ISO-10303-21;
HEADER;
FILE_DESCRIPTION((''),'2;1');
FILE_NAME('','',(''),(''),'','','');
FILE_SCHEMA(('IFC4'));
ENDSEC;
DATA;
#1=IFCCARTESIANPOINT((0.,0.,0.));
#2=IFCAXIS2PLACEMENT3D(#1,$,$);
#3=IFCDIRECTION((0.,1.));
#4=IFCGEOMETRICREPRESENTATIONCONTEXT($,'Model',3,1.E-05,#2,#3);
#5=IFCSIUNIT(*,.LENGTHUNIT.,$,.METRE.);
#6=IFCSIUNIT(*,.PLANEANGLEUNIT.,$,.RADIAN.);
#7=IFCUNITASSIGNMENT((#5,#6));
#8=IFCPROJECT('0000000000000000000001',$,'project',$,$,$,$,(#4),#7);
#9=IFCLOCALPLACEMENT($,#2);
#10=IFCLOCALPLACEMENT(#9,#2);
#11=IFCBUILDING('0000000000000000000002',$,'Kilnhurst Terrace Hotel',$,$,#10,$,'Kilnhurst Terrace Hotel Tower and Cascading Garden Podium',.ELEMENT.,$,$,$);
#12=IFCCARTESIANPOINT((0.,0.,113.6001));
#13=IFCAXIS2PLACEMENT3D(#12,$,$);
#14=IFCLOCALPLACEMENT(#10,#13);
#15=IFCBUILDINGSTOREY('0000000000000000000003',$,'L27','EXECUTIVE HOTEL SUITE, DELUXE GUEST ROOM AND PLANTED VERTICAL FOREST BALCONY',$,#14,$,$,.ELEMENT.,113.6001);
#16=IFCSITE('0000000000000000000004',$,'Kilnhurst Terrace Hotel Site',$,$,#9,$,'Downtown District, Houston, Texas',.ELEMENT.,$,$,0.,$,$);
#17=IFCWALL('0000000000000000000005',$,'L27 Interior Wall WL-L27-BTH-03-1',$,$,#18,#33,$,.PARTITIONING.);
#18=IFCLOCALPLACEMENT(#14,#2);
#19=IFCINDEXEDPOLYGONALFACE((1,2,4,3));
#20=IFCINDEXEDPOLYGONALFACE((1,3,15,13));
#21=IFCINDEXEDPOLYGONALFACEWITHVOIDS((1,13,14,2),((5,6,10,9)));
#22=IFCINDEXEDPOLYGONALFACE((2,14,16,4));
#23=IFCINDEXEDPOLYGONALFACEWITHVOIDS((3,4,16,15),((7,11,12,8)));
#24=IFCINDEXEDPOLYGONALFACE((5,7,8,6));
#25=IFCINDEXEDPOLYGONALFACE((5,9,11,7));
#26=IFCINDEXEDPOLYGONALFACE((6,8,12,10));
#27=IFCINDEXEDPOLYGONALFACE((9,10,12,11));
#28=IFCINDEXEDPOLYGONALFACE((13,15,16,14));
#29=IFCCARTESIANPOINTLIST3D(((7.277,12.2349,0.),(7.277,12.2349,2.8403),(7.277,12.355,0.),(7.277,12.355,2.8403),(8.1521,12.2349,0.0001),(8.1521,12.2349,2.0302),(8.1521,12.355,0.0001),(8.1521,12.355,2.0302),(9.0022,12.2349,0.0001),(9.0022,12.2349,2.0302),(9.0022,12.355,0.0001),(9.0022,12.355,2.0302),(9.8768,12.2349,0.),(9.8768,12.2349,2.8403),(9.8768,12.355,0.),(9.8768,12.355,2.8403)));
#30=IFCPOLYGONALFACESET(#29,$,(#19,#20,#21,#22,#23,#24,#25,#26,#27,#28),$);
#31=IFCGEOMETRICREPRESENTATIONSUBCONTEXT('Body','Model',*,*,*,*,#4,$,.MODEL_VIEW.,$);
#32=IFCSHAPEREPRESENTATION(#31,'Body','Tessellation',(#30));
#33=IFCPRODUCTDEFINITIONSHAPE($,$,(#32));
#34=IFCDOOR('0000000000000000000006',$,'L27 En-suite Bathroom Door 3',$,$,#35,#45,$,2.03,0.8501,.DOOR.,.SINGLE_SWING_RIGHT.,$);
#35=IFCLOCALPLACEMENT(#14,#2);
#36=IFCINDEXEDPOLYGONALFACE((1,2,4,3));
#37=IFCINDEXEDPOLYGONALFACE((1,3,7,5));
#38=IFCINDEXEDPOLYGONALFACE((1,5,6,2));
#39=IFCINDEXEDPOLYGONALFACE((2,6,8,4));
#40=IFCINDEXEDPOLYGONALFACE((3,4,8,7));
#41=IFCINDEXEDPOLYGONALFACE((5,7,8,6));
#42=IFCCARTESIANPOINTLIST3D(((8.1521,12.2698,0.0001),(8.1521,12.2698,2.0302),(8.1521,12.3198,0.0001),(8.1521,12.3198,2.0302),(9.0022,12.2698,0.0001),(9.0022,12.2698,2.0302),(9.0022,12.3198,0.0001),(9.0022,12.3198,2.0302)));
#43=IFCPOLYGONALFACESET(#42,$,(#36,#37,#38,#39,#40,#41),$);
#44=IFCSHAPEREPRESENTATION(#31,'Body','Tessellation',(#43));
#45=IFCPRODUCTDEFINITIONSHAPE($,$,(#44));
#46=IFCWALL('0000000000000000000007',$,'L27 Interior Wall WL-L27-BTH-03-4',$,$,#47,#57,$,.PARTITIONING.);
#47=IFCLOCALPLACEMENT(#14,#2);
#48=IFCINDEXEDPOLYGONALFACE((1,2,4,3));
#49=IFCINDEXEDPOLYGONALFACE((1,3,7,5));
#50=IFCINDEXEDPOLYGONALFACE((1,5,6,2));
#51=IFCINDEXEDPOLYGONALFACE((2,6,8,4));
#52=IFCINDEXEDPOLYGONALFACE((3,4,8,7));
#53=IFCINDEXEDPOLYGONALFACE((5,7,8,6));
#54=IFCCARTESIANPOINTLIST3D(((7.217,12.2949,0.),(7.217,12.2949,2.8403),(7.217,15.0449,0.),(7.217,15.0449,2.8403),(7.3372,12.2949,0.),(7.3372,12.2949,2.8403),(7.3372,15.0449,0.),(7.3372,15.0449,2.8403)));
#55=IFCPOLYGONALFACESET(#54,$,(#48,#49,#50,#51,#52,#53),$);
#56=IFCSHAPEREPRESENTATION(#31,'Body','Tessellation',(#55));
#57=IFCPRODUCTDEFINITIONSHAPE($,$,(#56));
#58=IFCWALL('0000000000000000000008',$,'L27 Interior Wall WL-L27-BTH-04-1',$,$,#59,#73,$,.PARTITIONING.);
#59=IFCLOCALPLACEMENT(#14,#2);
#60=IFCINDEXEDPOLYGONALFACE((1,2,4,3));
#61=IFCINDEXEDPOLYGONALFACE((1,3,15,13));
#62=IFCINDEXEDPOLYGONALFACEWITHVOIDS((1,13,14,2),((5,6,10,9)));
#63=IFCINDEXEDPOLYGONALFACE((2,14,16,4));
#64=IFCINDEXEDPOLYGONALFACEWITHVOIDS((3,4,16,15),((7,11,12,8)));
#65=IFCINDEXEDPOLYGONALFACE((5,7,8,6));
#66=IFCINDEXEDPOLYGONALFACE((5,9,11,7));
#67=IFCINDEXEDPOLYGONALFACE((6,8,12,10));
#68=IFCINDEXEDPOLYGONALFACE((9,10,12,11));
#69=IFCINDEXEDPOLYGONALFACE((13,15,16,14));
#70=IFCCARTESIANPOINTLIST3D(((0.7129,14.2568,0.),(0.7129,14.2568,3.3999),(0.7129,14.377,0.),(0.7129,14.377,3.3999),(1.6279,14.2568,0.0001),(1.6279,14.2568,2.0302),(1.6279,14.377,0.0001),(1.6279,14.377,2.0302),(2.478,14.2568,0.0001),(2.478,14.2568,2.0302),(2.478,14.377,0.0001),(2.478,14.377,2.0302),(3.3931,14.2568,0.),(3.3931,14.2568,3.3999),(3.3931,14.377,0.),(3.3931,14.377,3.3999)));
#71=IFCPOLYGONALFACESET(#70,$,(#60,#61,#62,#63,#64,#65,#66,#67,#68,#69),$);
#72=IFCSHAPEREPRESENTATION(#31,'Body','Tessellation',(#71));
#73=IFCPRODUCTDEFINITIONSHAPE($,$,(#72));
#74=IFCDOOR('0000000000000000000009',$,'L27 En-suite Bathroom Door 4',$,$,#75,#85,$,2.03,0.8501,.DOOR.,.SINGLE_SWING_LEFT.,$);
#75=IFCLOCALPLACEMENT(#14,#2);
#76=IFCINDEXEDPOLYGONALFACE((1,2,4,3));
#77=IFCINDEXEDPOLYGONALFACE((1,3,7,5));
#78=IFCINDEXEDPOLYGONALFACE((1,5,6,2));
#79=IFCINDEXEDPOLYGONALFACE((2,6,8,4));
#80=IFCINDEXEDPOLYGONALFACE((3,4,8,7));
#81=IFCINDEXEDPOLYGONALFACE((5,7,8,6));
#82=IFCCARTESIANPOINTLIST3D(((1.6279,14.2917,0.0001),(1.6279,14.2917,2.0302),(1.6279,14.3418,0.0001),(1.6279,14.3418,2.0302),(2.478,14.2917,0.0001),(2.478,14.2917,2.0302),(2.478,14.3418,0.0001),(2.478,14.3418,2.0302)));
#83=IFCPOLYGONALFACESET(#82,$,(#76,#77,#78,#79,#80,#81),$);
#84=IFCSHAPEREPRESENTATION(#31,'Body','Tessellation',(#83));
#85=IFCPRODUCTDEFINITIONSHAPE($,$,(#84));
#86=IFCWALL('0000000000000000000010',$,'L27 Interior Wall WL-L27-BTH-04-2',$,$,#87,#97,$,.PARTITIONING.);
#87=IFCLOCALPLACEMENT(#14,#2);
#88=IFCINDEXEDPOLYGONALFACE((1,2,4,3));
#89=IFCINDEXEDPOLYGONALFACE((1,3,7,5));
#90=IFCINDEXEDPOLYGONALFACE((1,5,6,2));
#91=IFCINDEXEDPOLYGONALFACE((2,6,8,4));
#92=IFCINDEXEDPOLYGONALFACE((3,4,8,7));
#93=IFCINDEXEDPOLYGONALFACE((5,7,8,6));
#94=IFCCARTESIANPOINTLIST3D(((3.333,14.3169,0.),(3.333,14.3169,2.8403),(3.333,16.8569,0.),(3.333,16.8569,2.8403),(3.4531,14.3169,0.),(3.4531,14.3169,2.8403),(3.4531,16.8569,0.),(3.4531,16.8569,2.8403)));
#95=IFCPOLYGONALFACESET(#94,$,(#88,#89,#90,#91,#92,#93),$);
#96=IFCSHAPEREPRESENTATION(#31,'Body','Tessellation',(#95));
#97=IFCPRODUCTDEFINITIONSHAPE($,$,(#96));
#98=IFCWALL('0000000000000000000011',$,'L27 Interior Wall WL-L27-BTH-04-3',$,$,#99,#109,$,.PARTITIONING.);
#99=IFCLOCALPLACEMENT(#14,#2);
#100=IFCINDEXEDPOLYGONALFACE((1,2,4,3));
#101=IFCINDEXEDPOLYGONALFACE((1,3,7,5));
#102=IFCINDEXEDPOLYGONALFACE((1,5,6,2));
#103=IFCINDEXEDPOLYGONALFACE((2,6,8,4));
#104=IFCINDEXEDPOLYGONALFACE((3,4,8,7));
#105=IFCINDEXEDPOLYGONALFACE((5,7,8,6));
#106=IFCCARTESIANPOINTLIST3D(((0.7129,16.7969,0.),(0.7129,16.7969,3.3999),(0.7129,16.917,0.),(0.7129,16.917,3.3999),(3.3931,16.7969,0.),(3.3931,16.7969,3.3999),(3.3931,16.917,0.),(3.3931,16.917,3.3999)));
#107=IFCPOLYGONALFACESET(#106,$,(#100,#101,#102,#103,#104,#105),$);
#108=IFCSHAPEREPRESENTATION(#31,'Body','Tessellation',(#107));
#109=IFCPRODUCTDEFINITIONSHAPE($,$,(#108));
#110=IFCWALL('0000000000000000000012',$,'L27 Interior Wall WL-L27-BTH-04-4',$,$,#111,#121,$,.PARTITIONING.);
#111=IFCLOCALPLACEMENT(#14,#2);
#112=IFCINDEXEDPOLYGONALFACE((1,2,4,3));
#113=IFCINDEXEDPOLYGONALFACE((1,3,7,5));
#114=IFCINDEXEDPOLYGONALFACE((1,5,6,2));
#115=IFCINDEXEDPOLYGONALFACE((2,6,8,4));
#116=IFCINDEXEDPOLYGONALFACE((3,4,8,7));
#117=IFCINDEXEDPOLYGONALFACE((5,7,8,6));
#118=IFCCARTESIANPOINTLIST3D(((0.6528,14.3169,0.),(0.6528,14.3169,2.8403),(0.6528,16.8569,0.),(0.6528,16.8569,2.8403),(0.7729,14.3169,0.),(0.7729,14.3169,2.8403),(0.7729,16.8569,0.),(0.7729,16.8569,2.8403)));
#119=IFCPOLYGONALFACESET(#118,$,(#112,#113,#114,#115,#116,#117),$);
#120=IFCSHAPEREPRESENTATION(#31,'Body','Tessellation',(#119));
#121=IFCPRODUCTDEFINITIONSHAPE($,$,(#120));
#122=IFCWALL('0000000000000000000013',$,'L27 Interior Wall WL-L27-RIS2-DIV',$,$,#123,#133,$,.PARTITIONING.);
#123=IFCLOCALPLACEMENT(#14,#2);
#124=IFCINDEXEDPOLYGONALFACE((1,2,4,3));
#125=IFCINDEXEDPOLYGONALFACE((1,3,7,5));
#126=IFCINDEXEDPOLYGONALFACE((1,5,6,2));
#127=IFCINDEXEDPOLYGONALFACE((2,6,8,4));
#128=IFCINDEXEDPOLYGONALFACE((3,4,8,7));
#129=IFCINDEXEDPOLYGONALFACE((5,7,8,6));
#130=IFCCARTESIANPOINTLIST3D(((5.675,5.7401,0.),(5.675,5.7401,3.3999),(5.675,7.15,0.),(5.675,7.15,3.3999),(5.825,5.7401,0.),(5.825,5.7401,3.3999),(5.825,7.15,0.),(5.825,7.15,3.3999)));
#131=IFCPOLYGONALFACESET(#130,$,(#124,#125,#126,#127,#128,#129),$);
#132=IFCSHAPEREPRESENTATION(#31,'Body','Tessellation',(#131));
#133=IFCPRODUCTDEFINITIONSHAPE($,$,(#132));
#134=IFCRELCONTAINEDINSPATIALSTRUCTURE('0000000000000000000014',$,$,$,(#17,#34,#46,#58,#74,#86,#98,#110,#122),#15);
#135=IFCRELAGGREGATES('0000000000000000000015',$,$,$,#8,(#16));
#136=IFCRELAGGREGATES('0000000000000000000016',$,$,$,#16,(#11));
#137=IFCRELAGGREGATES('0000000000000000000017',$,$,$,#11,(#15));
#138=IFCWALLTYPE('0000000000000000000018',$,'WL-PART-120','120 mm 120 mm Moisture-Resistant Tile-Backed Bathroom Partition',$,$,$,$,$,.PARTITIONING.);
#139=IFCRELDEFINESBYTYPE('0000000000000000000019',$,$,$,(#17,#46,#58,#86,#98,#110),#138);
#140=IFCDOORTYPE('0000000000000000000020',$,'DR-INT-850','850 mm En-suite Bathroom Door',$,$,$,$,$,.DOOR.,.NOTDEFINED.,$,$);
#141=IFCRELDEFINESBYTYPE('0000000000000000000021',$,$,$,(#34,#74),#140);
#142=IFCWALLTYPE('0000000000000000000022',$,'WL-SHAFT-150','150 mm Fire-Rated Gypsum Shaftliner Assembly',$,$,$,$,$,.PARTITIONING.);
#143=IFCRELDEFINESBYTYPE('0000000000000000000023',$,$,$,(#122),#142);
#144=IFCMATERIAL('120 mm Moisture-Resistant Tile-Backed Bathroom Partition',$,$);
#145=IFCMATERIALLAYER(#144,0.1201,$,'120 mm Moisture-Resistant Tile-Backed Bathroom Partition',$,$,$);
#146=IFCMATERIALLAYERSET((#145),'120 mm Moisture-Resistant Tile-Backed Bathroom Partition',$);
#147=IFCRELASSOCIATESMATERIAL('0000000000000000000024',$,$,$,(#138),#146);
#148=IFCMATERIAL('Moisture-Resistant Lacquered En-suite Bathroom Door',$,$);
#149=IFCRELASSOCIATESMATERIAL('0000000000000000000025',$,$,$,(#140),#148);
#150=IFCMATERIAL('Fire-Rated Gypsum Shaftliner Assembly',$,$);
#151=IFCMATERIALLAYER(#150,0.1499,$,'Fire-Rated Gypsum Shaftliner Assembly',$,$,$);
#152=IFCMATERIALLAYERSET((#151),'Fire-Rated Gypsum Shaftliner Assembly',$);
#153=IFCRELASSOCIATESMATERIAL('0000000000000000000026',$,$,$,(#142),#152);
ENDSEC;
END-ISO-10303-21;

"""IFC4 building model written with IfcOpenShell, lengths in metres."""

from ifc_helpers import new_model, si_unit, direction, frame, frame_2d, origin, place, context, subcontext, project, spatial, rectangle, extrude, material, layer, layer_set, type_object, element, fill, save


model = new_model("IFC4")

# Units and contexts
model_context = context("Model", 3, precision=1e-05, world=origin(), true_north=direction((0.0, 1.0)))
body_context = subcontext(model_context, "Body", "Model", "MODEL_VIEW")
ifc_project = project(units=[si_unit("LENGTHUNIT", "METRE"), si_unit("PLANEANGLEUNIT", "RADIAN")], contexts=[model_context])

# Site, building, storey
site_placement = place(None, origin())
site = spatial("IfcSite", under=ifc_project, at=site_placement, Name="Kilnhurst Terrace Hotel Site", LongName="Downtown District, Houston, Texas", CompositionType="ELEMENT", RefElevation=0.0)
building_placement = place(site_placement, origin())
building = spatial("IfcBuilding", under=site, at=building_placement, Name="Kilnhurst Terrace Hotel", LongName="Kilnhurst Terrace Hotel Tower and Cascading Garden Podium", CompositionType="ELEMENT")
storey_placement = place(building_placement, frame((0.0, 0.0, 113.6001)))
storey = spatial("IfcBuildingStorey", under=building, at=storey_placement, Name="L27", Description="EXECUTIVE HOTEL SUITE, DELUXE GUEST ROOM AND PLANTED VERTICAL FOREST BALCONY", CompositionType="ELEMENT", Elevation=113.6001)

# Wall, opening, door
ifc_material_1 = material(Name="120 mm Moisture-Resistant Tile-Backed Bathroom Partition")
ifc_layer_1 = layer(ifc_material_1, 0.1201, Name="120 mm Moisture-Resistant Tile-Backed Bathroom Partition")
ifc_layer_set_1 = layer_set([ifc_layer_1], Name="120 mm Moisture-Resistant Tile-Backed Bathroom Partition")
wall_type_1 = type_object("IfcWallType", Name="WL-PART-120", Description="120 mm 120 mm Moisture-Resistant Tile-Backed Bathroom Partition", PredefinedType="PARTITIONING", material=ifc_layer_set_1)
wall_1_placement = place(storey_placement, frame((7.2771, 12.2949, 0.0), z_axis=(0.0, 0.0, 1.0), x_axis=(1.0, 0.0, 0.0)))
wall_1 = element("IfcWall", 1, at=wall_1_placement, inside=storey, type_object=wall_type_1, Name="L27 Interior Wall WL-L27-BTH-03-1", PredefinedType="PARTITIONING", context=body_context, shape_type="SweptSolid", body=[
    extrude(rectangle(XDim=2.5999, YDim=0.1201, at=frame_2d((1.2998, 0.0))), origin(), (0.0, 0.0, 1.0), 2.8403),
])
opening_1_placement = place(wall_1_placement, frame((0.875, 0.0, 0.0)))
opening_1 = element("IfcOpeningElement", 2, at=opening_1_placement, cuts=wall_1, PredefinedType="OPENING", context=body_context, shape_type="SweptSolid", body=[
    extrude(rectangle(XDim=0.8501, YDim=2.03, at=frame_2d((0.425, 1.0151))), frame((0.0, 0.0701, 0.0), z_axis=(0.0, -1.0, 0.0), x_axis=(1.0, 0.0, 0.0)), (0.0, 0.0, 1.0), 0.1401),
])
ifc_material_2 = material(Name="Moisture-Resistant Lacquered En-suite Bathroom Door")
door_type = type_object("IfcDoorType", Name="DR-INT-850", Description="850 mm En-suite Bathroom Door", OperationType="NOTDEFINED", PredefinedType="DOOR", material=ifc_material_2)
door_1_placement = place(opening_1_placement, origin())
door_1 = element("IfcDoor", 3, at=door_1_placement, inside=storey, type_object=door_type, Name="L27 En-suite Bathroom Door 3", OperationType="SINGLE_SWING_RIGHT", OverallHeight=2.03, OverallWidth=0.8501, PredefinedType="DOOR", context=body_context, shape_type="SweptSolid", body=[
    extrude(rectangle(XDim=0.8501, YDim=2.03, at=frame_2d((0.425, 1.0151))), frame((0.0, 0.0249, 0.0), z_axis=(0.0, -1.0, 0.0), x_axis=(1.0, 0.0, 0.0)), (0.0, 0.0, 1.0), 0.05),
])
fill(opening_1, door_1)

# Wall
wall_2_placement = place(storey_placement, frame((7.2771, 15.0449, 0.0), z_axis=(0.0, 0.0, 1.0), x_axis=(0.0, -1.0, 0.0)))
element("IfcWall", 4, at=wall_2_placement, inside=storey, type_object=wall_type_1, Name="L27 Interior Wall WL-L27-BTH-03-4", PredefinedType="PARTITIONING", context=body_context, shape_type="SweptSolid", body=[
    extrude(rectangle(XDim=2.75, YDim=0.1201, at=frame_2d((1.375, 0.0))), origin(), (0.0, 0.0, 1.0), 2.8403),
])

# Wall, opening, door
wall_3_placement = place(storey_placement, frame((0.7129, 14.3169, 0.0), z_axis=(0.0, 0.0, 1.0), x_axis=(1.0, 0.0, 0.0)))
wall_3 = element("IfcWall", 5, at=wall_3_placement, inside=storey, type_object=wall_type_1, Name="L27 Interior Wall WL-L27-BTH-04-1", PredefinedType="PARTITIONING", context=body_context, shape_type="SweptSolid", body=[
    extrude(rectangle(XDim=2.6802, YDim=0.1201, at=frame_2d((1.3401, 0.0))), origin(), (0.0, 0.0, 1.0), 3.3999),
])
opening_2_placement = place(wall_3_placement, frame((0.915, 0.0, 0.0)))
opening_2 = element("IfcOpeningElement", 6, at=opening_2_placement, cuts=wall_3, PredefinedType="OPENING", context=body_context, shape_type="SweptSolid", body=[
    extrude(rectangle(XDim=0.8501, YDim=2.03, at=frame_2d((0.425, 1.0151))), frame((0.0, 0.0701, 0.0), z_axis=(0.0, -1.0, 0.0), x_axis=(1.0, 0.0, 0.0)), (0.0, 0.0, 1.0), 0.1401),
])
door_2_placement = place(opening_2_placement, origin())
door_2 = element("IfcDoor", 7, at=door_2_placement, inside=storey, type_object=door_type, Name="L27 En-suite Bathroom Door 4", OperationType="SINGLE_SWING_LEFT", OverallHeight=2.03, OverallWidth=0.8501, PredefinedType="DOOR", context=body_context, shape_type="SweptSolid", body=[
    extrude(rectangle(XDim=0.8501, YDim=2.03, at=frame_2d((0.425, 1.0151))), frame((0.0, 0.0249, 0.0), z_axis=(0.0, -1.0, 0.0), x_axis=(1.0, 0.0, 0.0)), (0.0, 0.0, 1.0), 0.05),
])
fill(opening_2, door_2)

# Walls
wall_4_placement = place(storey_placement, frame((3.3931, 14.3169, 0.0), z_axis=(0.0, 0.0, 1.0), x_axis=(0.0, 1.0, 0.0)))
element("IfcWall", 8, at=wall_4_placement, inside=storey, type_object=wall_type_1, Name="L27 Interior Wall WL-L27-BTH-04-2", PredefinedType="PARTITIONING", context=body_context, shape_type="SweptSolid", body=[
    extrude(rectangle(XDim=2.54, YDim=0.1201, at=frame_2d((1.27, 0.0))), origin(), (0.0, 0.0, 1.0), 2.8403),
])
wall_5_placement = place(storey_placement, frame((3.3931, 16.8569, 0.0), z_axis=(0.0, 0.0, 1.0), x_axis=(-1.0, 0.0, 0.0)))
element("IfcWall", 9, at=wall_5_placement, inside=storey, type_object=wall_type_1, Name="L27 Interior Wall WL-L27-BTH-04-3", PredefinedType="PARTITIONING", context=body_context, shape_type="SweptSolid", body=[
    extrude(rectangle(XDim=2.6802, YDim=0.1201, at=frame_2d((1.3401, 0.0))), origin(), (0.0, 0.0, 1.0), 3.3999),
])
wall_6_placement = place(storey_placement, frame((0.7129, 16.8569, 0.0), z_axis=(0.0, 0.0, 1.0), x_axis=(0.0, -1.0, 0.0)))
element("IfcWall", 10, at=wall_6_placement, inside=storey, type_object=wall_type_1, Name="L27 Interior Wall WL-L27-BTH-04-4", PredefinedType="PARTITIONING", context=body_context, shape_type="SweptSolid", body=[
    extrude(rectangle(XDim=2.54, YDim=0.1201, at=frame_2d((1.27, 0.0))), origin(), (0.0, 0.0, 1.0), 2.8403),
])
ifc_material_3 = material(Name="Fire-Rated Gypsum Shaftliner Assembly")
ifc_layer_2 = layer(ifc_material_3, 0.1499, Name="Fire-Rated Gypsum Shaftliner Assembly")
ifc_layer_set_2 = layer_set([ifc_layer_2], Name="Fire-Rated Gypsum Shaftliner Assembly")
wall_type_2 = type_object("IfcWallType", Name="WL-SHAFT-150", Description="150 mm Fire-Rated Gypsum Shaftliner Assembly", PredefinedType="PARTITIONING", material=ifc_layer_set_2)
wall_7_placement = place(storey_placement, frame((5.75, 5.74, 0.0), z_axis=(0.0, 0.0, 1.0), x_axis=(0.0, 1.0, 0.0)))
element("IfcWall", 11, at=wall_7_placement, inside=storey, type_object=wall_type_2, Name="L27 Interior Wall WL-L27-RIS2-DIV", PredefinedType="PARTITIONING", context=body_context, shape_type="SweptSolid", body=[
    extrude(rectangle(XDim=1.4099, YDim=0.1499, at=frame_2d((0.7051, 0.0))), origin(), (0.0, 0.0, 1.0), 3.3999),
])

save(model, "model.ifc")
